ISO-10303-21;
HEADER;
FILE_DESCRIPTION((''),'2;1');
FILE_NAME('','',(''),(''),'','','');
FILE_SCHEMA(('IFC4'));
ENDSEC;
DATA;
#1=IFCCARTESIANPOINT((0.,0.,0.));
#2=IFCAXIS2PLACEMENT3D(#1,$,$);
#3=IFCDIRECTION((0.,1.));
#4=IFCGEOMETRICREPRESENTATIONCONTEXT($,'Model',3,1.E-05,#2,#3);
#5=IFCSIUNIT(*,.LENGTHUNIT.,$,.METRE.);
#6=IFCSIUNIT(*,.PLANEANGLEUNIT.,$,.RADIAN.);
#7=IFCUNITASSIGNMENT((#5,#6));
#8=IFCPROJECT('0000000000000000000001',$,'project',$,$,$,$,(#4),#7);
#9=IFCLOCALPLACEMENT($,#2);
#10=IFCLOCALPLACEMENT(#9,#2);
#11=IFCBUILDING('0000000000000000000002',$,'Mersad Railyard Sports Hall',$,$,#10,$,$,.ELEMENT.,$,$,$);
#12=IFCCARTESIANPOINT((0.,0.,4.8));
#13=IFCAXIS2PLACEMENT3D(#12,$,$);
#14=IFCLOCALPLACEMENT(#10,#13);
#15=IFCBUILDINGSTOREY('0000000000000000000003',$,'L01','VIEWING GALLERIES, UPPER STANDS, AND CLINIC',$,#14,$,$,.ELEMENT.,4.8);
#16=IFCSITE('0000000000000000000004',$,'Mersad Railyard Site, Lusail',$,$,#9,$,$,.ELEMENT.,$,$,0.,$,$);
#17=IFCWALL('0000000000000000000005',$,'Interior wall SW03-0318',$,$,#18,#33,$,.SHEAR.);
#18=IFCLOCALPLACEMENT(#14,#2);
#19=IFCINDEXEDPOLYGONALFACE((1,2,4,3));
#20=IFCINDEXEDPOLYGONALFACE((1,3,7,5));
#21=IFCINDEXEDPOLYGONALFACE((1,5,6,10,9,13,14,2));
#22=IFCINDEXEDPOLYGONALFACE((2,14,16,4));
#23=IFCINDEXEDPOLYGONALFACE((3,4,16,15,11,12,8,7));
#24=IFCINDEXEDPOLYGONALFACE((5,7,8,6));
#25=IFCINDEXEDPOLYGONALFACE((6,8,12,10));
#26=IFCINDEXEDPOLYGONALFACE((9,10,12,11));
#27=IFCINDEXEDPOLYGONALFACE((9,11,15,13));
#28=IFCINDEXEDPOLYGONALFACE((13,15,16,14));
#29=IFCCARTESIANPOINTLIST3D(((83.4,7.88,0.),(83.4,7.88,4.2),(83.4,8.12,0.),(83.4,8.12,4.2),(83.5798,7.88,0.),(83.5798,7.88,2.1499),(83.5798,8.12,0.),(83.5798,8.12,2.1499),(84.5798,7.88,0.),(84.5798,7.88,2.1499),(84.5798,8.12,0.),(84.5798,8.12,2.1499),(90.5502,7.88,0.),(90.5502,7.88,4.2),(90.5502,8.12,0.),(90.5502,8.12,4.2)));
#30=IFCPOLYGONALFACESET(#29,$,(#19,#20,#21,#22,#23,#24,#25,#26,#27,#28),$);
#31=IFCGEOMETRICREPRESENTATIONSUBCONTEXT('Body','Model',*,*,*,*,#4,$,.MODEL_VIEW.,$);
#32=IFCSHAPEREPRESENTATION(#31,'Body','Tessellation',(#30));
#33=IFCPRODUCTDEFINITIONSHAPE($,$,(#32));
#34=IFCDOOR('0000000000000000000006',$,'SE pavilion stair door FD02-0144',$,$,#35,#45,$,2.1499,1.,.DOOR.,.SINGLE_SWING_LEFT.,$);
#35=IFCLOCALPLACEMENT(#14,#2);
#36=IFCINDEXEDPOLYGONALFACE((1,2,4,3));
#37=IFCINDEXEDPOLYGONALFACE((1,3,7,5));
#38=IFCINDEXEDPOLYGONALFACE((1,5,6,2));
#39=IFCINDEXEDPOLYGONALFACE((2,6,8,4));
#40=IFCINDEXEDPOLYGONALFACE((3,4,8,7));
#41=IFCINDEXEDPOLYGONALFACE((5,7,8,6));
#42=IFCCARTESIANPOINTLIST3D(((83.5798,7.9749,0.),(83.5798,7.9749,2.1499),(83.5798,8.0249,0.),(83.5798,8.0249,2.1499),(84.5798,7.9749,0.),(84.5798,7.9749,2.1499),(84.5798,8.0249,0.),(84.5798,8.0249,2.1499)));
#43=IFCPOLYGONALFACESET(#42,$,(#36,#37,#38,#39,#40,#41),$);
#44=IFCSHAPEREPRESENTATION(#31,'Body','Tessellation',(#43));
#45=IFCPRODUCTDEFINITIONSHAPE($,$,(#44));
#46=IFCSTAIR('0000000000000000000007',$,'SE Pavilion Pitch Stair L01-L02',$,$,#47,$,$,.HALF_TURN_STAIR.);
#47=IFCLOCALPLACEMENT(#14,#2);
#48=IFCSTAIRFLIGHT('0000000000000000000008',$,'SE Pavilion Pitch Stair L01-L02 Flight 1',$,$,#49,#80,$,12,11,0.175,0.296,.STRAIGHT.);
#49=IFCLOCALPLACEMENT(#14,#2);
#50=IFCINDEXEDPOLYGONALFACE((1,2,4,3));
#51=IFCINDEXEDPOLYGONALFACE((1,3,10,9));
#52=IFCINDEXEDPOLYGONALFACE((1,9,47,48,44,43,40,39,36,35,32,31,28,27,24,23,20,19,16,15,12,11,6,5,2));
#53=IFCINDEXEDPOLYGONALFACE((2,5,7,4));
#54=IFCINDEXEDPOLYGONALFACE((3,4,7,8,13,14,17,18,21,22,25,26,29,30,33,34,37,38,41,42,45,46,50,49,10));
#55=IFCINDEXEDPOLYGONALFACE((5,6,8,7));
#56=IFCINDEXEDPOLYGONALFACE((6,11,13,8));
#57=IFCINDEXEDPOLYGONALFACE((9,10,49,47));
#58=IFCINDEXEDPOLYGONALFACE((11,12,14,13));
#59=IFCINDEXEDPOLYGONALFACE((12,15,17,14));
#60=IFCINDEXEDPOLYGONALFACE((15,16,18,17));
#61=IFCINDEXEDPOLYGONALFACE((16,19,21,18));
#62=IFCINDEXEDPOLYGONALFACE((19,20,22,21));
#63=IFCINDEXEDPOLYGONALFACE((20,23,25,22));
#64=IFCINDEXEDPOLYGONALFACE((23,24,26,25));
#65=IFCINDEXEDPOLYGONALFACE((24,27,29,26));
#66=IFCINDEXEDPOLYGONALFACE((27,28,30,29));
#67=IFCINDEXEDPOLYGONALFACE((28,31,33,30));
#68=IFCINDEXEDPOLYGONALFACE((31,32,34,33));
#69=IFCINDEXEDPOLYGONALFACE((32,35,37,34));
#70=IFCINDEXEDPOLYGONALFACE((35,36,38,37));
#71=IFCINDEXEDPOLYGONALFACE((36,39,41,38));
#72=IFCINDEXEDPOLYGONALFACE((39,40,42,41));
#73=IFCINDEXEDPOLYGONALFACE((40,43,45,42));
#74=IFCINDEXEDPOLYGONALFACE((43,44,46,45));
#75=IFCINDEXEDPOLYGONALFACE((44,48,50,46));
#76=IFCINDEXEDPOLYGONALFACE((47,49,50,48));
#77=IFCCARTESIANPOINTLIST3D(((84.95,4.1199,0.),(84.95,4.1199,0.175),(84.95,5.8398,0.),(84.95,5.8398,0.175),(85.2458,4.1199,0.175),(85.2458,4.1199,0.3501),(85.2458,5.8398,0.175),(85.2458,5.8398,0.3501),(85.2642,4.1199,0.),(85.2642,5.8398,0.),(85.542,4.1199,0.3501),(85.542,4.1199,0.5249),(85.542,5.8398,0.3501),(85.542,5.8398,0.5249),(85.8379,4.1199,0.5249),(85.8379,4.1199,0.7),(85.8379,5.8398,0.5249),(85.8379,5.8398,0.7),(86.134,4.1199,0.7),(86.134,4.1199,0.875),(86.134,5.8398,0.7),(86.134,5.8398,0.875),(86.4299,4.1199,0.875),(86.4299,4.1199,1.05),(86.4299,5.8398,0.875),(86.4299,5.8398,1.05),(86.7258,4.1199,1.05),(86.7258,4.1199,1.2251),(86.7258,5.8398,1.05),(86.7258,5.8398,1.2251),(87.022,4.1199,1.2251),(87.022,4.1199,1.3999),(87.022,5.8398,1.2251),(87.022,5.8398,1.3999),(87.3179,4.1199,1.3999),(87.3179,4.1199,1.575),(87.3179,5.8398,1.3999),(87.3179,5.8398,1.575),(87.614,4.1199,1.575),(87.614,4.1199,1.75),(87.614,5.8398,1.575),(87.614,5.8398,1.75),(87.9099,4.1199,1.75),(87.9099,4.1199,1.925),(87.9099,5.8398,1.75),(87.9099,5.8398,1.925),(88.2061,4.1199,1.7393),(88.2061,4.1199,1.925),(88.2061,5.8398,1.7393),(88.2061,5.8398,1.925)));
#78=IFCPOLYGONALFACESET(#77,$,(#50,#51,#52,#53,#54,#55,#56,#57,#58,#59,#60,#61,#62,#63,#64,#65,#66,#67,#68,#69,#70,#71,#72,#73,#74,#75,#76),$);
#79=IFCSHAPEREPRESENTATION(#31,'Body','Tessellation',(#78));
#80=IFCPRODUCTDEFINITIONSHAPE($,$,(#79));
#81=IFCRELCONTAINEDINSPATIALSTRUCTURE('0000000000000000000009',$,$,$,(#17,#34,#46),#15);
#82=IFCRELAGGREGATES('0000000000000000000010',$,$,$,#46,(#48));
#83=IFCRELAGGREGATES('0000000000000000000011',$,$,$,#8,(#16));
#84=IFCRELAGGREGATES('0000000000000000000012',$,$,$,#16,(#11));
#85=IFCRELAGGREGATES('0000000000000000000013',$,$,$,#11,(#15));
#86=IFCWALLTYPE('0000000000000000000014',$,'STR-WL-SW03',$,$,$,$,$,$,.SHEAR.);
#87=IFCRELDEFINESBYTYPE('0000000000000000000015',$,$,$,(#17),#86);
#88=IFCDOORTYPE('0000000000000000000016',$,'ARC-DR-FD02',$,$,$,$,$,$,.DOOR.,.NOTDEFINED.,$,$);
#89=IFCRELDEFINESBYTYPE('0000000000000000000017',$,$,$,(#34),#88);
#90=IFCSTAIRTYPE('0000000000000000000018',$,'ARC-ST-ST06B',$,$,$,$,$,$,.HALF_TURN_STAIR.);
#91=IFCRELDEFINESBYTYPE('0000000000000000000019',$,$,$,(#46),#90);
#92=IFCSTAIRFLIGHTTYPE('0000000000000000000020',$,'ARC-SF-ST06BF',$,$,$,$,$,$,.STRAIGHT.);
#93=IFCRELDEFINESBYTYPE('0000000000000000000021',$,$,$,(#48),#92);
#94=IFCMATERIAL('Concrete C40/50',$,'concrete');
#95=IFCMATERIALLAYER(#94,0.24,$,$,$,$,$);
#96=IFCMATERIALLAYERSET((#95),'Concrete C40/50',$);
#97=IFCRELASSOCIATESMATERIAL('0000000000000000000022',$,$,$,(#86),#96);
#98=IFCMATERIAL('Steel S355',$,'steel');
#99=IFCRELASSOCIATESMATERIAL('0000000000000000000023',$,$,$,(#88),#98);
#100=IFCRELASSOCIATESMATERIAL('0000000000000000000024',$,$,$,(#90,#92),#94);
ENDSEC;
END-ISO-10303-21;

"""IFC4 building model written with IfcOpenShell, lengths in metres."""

from ifc_helpers import new_model, si_unit, direction, frame, frame_2d, origin, place, context, subcontext, project, spatial, polyline, rectangle, outline, extrude, material, layer, layer_set, type_object, element, fill, aggregate, save


model = new_model("IFC4")

# Units and contexts
model_context = context("Model", 3, precision=1e-05, world=origin(), true_north=direction((0.0, 1.0)))
body_context = subcontext(model_context, "Body", "Model", "MODEL_VIEW")
ifc_project = project(units=[si_unit("LENGTHUNIT", "METRE"), si_unit("PLANEANGLEUNIT", "RADIAN")], contexts=[model_context])

# Site, building, storey
site_placement = place(None, origin())
site = spatial("IfcSite", under=ifc_project, at=site_placement, Name="Mersad Railyard Site, Lusail", CompositionType="ELEMENT", RefElevation=0.0)
building_placement = place(site_placement, origin())
building = spatial("IfcBuilding", under=site, at=building_placement, Name="Mersad Railyard Sports Hall", CompositionType="ELEMENT")
storey_placement = place(building_placement, frame((0.0, 0.0, 4.8)))
storey = spatial("IfcBuildingStorey", under=building, at=storey_placement, Name="L01", Description="VIEWING GALLERIES, UPPER STANDS, AND CLINIC", CompositionType="ELEMENT", Elevation=4.8)

# Shared definitions
ifc_material_1 = material(Name="Concrete C40/50", Category="concrete")

# Shared definitions
ifc_material_2 = material(Name="Steel S355", Category="steel")

# Shared definitions
ifc_layer_1 = layer(ifc_material_1, 0.24)
ifc_layer_set_1 = layer_set([ifc_layer_1], Name="Concrete C40/50")
wall_type_1 = type_object("IfcWallType", Name="STR-WL-SW03", PredefinedType="SHEAR", material=ifc_layer_set_1)

# Wall, opening, door
wall_1_placement = place(storey_placement, frame((83.3999, 8.0, 0.0), z_axis=(0.0, 0.0, 1.0), x_axis=(1.0, 0.0, 0.0)))
wall_1 = element("IfcWall", 1, at=wall_1_placement, inside=storey, type_object=wall_type_1, Name="Interior wall SW03-0318", PredefinedType="SHEAR", context=body_context, shape_type="SweptSolid", body=[
    extrude(rectangle(XDim=7.1501, YDim=0.24, at=frame_2d((3.5752, 0.0))), origin(), (0.0, 0.0, 1.0), 4.2),
])
opening_1_placement = place(wall_1_placement, frame((0.1799, 0.0, 0.0)))
opening_1 = element("IfcOpeningElement", 2, at=opening_1_placement, cuts=wall_1, PredefinedType="OPENING", context=body_context, shape_type="SweptSolid", body=[
    extrude(rectangle(XDim=1.0, YDim=2.1499, at=frame_2d((0.5, 1.075))), frame((0.0, 0.1299, 0.0), z_axis=(0.0, -1.0, 0.0), x_axis=(1.0, 0.0, 0.0)), (0.0, 0.0, 1.0), 0.26),
])
door_type_1 = type_object("IfcDoorType", Name="ARC-DR-FD02", OperationType="NOTDEFINED", PredefinedType="DOOR", material=ifc_material_2)
door_1_placement = place(opening_1_placement, origin())
door_1 = element("IfcDoor", 3, at=door_1_placement, inside=storey, type_object=door_type_1, Name="SE pavilion stair door FD02-0144", OperationType="SINGLE_SWING_LEFT", OverallHeight=2.1499, OverallWidth=1.0, PredefinedType="DOOR", context=body_context, shape_type="SweptSolid", body=[
    extrude(rectangle(XDim=1.0, YDim=2.1499, at=frame_2d((0.5, 1.075))), frame((0.0, 0.0249, 0.0), z_axis=(0.0, -1.0, 0.0), x_axis=(1.0, 0.0, 0.0)), (0.0, 0.0, 1.0), 0.05),
])
fill(opening_1, door_1)

# Stair, stair flight
stair_type = type_object("IfcStairType", Name="ARC-ST-ST06B", PredefinedType="HALF_TURN_STAIR", material=ifc_material_1)
stair_placement = place(storey_placement, origin())
stair = element("IfcStair", 4, at=stair_placement, inside=storey, type_object=stair_type, Name="SE Pavilion Pitch Stair L01-L02", PredefinedType="HALF_TURN_STAIR")
stair_flight_type = type_object("IfcStairFlightType", Name="ARC-SF-ST06BF", PredefinedType="STRAIGHT", material=ifc_material_1)
stair_flight_placement = place(storey_placement, frame((84.95, 4.98, 0.0), z_axis=(0.0, 0.0, 1.0), x_axis=(1.0, 0.0, 0.0)))
stair_flight = element("IfcStairFlight", 5, at=stair_flight_placement, type_object=stair_flight_type, Name="SE Pavilion Pitch Stair L01-L02 Flight 1", NumberOfRisers=12, NumberOfTreads=11, PredefinedType="STRAIGHT", RiserHeight=0.175, TreadLength=0.296, context=body_context, shape_type="SweptSolid", body=[
    extrude(outline(polyline([(0.0, 0.0), (0.0, 0.175), (0.2959, 0.175), (0.2959, 0.3501), (0.592, 0.3501), (0.592, 0.5249), (0.8879, 0.5249), (0.8879, 0.7), (1.1841, 0.7), (1.1841, 0.875), (1.48, 0.875), (1.48, 1.05), (1.7759, 1.05), (1.7759, 1.2251), (2.072, 1.2251), (2.072, 1.3999), (2.3679, 1.3999), (2.3679, 1.575), (2.6641, 1.575), (2.6641, 1.75), (2.96, 1.75), (2.96, 1.925), (3.2561, 1.925), (3.2561, 2.1001), (3.2561, 1.7393), (0.3142, 0.0), (0.0, 0.0)])), frame((0.0, 0.8599, 0.0), z_axis=(0.0, -1.0, 0.0), x_axis=(1.0, 0.0, 0.0)), (0.0, 0.0, 1.0), 1.72),
])
aggregate(stair, [stair_flight])

save(model, "model.ifc")
